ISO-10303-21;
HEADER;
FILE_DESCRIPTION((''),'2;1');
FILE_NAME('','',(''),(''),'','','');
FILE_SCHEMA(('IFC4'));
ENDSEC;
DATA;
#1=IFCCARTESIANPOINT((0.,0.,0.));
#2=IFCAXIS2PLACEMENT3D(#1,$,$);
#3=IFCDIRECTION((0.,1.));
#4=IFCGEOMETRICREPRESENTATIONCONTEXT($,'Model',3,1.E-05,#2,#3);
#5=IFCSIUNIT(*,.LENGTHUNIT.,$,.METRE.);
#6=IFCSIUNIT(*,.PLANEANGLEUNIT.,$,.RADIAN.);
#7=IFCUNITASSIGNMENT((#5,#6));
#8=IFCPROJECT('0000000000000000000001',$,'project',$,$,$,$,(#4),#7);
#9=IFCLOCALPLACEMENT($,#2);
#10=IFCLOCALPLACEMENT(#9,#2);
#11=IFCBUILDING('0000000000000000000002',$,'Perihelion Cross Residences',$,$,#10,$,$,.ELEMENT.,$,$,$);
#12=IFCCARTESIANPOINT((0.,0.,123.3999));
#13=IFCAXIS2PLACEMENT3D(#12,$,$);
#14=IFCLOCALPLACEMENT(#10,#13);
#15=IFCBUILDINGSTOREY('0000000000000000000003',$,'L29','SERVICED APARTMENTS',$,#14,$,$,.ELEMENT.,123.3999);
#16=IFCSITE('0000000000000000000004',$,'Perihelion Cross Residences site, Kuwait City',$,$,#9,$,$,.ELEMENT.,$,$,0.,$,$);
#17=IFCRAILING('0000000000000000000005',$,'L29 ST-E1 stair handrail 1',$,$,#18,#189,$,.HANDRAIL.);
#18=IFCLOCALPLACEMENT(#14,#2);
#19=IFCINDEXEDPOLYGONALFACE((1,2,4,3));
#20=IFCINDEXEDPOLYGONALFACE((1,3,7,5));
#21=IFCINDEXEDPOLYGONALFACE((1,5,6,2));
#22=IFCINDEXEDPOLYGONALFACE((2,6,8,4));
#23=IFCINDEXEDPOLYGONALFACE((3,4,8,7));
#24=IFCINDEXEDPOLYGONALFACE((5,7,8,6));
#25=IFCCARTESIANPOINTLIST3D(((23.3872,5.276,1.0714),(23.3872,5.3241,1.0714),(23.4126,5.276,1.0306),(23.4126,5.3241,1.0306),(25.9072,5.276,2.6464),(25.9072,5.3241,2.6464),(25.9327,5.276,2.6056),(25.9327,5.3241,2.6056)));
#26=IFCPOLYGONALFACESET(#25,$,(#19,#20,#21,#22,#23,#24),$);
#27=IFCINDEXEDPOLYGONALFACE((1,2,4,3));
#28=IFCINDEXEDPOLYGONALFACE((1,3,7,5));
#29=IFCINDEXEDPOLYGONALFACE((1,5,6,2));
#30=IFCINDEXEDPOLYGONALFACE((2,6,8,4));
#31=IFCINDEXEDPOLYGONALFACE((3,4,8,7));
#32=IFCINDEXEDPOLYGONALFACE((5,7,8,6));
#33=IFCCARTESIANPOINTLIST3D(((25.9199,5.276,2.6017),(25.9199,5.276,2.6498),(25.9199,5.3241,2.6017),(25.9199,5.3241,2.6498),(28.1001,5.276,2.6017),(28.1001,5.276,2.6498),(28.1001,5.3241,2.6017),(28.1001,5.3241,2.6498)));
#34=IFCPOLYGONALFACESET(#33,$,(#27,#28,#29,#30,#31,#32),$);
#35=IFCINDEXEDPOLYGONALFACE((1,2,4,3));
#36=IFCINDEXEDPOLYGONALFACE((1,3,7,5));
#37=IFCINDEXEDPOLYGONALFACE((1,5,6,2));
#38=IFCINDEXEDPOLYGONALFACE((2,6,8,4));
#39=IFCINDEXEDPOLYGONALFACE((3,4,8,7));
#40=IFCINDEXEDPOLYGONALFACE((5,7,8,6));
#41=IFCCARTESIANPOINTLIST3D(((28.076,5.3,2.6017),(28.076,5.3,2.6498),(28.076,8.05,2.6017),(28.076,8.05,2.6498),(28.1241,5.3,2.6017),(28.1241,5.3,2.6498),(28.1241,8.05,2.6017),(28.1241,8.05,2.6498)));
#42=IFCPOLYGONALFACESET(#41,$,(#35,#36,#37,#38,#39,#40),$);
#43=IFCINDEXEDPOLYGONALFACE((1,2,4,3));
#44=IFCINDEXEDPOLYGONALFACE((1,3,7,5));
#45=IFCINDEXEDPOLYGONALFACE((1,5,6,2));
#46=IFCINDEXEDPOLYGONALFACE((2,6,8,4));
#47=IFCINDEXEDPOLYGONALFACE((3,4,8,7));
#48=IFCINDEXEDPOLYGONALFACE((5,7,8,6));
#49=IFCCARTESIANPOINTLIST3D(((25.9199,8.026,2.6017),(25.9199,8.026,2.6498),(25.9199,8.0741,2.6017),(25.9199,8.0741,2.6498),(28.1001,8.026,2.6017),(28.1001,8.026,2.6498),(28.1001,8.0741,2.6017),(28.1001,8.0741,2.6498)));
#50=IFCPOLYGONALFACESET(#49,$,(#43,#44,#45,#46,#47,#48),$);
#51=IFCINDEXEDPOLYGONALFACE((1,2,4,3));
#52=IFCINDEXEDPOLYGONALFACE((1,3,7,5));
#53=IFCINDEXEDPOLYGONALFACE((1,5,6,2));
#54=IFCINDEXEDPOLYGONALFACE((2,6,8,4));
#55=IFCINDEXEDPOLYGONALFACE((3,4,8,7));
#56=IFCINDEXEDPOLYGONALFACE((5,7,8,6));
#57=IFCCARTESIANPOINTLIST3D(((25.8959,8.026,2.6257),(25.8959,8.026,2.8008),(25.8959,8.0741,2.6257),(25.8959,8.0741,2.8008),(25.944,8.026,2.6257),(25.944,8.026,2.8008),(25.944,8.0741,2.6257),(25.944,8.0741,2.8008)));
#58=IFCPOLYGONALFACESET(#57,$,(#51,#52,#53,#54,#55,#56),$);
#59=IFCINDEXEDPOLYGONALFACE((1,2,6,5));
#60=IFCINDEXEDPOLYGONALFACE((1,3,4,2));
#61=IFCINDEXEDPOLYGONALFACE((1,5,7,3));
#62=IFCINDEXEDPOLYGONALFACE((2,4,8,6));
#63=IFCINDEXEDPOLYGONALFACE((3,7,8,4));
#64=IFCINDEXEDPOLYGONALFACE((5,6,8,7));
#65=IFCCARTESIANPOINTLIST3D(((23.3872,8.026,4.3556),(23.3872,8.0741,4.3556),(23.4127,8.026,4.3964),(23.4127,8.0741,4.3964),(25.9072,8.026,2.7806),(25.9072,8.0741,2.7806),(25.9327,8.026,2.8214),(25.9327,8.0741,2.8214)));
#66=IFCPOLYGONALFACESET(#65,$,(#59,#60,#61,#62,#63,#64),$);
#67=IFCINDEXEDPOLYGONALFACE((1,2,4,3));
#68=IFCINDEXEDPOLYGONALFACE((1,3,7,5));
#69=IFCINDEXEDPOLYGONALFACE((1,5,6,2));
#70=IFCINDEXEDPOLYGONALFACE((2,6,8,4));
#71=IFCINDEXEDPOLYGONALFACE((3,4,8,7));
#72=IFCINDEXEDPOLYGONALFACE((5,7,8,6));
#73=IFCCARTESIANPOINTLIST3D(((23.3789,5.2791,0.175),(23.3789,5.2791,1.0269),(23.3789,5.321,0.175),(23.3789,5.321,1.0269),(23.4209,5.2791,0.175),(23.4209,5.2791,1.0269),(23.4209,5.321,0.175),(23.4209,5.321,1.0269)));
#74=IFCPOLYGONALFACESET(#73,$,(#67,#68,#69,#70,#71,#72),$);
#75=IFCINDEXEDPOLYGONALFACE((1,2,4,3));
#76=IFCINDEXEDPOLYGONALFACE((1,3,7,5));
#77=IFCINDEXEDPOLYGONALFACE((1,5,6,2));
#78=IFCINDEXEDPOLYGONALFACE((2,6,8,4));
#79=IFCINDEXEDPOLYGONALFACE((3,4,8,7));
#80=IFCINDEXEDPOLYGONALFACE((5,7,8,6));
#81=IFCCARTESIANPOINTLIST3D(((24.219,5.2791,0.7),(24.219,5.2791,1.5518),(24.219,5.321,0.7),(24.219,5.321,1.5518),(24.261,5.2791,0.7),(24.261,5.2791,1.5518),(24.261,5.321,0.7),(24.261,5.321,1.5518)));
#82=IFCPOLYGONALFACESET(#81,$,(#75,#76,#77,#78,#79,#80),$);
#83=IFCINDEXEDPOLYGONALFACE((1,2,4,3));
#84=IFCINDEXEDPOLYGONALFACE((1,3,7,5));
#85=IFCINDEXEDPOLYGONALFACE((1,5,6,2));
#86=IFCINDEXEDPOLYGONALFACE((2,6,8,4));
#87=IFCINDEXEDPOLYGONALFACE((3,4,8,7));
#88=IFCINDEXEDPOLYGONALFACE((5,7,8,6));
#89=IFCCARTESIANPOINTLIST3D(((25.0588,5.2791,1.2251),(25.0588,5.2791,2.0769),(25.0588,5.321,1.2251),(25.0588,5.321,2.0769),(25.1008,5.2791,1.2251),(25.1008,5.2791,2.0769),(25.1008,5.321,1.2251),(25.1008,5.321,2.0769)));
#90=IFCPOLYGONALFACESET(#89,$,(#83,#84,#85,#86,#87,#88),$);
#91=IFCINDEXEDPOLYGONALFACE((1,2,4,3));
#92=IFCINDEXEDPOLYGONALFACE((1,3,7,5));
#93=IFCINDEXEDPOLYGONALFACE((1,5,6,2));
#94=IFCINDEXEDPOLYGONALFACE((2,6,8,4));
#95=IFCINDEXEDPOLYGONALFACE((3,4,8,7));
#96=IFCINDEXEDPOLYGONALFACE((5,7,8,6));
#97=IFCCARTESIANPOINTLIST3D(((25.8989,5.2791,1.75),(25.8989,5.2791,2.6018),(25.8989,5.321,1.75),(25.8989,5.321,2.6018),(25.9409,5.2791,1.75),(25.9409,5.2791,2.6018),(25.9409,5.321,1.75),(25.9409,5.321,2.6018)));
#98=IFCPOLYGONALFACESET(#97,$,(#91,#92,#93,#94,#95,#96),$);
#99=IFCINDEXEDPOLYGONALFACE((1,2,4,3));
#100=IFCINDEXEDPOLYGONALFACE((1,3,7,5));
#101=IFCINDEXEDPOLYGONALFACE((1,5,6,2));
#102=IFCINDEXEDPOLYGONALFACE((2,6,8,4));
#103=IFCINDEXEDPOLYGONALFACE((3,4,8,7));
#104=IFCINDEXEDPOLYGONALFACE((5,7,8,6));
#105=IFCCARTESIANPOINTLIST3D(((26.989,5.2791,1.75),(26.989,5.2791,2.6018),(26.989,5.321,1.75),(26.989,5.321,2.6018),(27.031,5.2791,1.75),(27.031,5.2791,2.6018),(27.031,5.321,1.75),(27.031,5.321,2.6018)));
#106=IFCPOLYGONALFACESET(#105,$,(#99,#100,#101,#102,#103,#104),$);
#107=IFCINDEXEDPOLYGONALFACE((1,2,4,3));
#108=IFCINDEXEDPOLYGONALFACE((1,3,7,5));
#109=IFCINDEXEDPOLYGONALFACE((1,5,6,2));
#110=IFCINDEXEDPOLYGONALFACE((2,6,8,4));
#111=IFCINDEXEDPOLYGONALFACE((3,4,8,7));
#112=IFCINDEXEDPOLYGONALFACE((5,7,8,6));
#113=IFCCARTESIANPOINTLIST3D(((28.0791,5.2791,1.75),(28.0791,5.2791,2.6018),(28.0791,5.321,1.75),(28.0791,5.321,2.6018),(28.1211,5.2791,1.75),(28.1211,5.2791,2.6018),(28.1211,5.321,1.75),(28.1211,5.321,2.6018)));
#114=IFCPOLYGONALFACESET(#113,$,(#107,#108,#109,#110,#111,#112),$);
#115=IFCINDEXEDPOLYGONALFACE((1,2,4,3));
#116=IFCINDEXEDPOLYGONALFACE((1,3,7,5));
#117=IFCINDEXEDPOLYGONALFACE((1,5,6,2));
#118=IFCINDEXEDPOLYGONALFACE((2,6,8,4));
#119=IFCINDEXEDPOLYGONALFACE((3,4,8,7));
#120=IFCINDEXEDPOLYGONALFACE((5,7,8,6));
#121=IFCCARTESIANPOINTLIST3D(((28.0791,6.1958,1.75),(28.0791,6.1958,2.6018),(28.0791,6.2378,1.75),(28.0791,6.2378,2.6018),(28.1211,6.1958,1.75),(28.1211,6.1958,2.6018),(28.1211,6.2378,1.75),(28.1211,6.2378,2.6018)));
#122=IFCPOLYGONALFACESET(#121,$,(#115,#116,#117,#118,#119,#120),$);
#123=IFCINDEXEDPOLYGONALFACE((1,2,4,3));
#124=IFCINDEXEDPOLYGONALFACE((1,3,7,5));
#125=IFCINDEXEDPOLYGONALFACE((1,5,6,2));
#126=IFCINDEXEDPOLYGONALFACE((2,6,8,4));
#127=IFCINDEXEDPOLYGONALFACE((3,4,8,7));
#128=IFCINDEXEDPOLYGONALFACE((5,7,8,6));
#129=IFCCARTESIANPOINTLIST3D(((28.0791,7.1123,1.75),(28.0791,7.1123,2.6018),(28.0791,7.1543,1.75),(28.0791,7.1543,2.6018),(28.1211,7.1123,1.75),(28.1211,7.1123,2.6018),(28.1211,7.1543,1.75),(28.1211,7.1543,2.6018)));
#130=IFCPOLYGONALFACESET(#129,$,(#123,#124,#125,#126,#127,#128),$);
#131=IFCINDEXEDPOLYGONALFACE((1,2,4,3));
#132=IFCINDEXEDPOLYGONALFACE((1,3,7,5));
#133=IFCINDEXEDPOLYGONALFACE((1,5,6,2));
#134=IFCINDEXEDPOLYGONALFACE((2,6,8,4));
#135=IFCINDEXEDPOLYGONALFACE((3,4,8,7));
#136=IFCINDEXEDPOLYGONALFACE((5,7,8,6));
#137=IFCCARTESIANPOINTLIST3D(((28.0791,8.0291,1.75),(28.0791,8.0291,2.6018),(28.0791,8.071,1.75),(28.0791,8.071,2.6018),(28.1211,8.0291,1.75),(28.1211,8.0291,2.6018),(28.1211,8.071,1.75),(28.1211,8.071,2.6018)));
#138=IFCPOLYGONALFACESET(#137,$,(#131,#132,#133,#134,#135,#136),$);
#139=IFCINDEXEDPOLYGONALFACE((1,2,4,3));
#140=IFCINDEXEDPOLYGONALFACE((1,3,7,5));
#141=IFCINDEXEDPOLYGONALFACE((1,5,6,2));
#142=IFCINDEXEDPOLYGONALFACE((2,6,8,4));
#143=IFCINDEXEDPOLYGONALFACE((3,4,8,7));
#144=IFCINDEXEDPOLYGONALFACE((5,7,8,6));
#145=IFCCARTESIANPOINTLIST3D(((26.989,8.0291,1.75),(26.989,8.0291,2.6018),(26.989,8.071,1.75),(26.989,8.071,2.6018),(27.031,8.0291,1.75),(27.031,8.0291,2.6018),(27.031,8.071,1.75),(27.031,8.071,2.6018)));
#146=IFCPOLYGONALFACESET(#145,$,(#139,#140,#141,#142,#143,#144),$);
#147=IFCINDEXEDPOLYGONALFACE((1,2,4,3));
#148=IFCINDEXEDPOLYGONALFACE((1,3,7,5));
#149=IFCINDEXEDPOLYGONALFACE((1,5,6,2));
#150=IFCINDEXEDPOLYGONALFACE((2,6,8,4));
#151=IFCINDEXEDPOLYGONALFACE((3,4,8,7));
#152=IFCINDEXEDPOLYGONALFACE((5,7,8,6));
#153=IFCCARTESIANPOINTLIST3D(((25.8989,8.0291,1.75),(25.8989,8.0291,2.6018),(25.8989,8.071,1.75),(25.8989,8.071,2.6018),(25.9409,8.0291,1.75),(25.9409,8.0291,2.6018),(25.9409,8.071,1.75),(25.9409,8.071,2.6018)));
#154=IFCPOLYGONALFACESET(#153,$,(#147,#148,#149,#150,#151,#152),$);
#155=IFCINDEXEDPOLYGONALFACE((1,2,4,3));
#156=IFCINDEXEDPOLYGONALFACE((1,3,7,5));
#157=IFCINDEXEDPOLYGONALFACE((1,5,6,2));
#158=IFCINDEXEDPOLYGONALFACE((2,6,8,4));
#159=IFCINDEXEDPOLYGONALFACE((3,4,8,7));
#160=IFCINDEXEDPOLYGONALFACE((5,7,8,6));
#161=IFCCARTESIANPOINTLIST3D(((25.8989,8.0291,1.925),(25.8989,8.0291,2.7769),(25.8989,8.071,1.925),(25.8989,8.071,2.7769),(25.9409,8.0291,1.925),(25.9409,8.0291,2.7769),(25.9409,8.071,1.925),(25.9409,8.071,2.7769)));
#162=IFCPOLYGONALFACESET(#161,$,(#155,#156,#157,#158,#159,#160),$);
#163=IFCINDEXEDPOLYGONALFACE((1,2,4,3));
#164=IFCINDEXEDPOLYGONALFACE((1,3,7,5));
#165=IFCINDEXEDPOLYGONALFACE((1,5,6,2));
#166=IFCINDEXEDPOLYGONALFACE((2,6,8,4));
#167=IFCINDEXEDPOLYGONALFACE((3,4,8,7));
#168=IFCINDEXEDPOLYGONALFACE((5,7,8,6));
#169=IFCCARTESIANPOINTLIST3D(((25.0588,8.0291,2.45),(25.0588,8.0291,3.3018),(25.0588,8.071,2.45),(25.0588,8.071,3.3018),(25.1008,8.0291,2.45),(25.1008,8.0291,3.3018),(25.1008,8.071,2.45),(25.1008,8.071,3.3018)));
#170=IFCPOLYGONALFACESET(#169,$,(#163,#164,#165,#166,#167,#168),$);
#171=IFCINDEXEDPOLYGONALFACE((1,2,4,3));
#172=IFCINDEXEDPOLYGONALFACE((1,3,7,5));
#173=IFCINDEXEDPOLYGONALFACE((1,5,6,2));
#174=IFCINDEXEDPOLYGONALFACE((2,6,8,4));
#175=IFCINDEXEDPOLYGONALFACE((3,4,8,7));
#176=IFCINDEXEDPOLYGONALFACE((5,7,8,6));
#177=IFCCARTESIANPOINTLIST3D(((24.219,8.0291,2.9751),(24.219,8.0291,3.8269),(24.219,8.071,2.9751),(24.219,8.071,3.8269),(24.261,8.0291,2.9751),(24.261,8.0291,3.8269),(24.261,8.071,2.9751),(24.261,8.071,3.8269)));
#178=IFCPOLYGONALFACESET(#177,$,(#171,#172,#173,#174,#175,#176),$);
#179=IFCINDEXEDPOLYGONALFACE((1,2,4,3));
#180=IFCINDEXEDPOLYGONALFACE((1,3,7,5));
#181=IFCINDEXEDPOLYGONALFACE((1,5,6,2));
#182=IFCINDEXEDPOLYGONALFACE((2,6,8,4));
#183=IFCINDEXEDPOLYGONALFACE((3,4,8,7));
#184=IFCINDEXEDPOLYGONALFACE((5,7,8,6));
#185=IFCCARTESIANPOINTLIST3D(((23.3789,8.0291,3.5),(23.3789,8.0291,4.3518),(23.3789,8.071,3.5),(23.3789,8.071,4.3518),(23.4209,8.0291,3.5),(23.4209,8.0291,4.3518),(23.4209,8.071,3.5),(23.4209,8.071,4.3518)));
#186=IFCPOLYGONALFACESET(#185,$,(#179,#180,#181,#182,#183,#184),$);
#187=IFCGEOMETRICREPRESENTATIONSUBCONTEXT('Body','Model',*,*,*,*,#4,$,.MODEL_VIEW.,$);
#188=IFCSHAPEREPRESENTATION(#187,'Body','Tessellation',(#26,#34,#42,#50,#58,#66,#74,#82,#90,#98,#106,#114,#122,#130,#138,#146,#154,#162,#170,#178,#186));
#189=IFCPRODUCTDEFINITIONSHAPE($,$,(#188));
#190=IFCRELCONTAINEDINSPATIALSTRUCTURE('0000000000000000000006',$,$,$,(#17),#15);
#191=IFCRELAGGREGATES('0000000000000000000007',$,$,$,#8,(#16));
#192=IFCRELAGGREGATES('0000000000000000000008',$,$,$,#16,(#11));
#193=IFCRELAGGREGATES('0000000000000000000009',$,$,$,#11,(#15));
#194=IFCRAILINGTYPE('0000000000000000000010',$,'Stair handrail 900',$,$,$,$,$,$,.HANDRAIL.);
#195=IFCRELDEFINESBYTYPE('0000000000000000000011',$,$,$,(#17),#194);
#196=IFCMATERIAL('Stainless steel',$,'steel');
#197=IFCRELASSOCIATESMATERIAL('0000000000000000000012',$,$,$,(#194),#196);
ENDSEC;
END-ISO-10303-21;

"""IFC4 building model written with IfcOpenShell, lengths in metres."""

from ifc_helpers import new_model, si_unit, direction, frame, origin, origin_2d, place, context, subcontext, project, spatial, rectangle, extrude, material, type_object, element, save


model = new_model("IFC4")

# Units and contexts
model_context = context("Model", 3, precision=1e-05, world=origin(), true_north=direction((0.0, 1.0)))
body_context = subcontext(model_context, "Body", "Model", "MODEL_VIEW")
ifc_project = project(units=[si_unit("LENGTHUNIT", "METRE"), si_unit("PLANEANGLEUNIT", "RADIAN")], contexts=[model_context])

# Site, building, storey
site_placement = place(None, origin())
site = spatial("IfcSite", under=ifc_project, at=site_placement, Name="Perihelion Cross Residences site, Kuwait City", CompositionType="ELEMENT", RefElevation=0.0)
building_placement = place(site_placement, origin())
building = spatial("IfcBuilding", under=site, at=building_placement, Name="Perihelion Cross Residences", CompositionType="ELEMENT")
storey_placement = place(building_placement, frame((0.0, 0.0, 123.3999)))
storey = spatial("IfcBuildingStorey", under=building, at=storey_placement, Name="L29", Description="SERVICED APARTMENTS", CompositionType="ELEMENT", Elevation=123.3999)

# Railing
ifc_material_1 = material(Name="Stainless steel", Category="steel")
railing_type_1 = type_object("IfcRailingType", Name="Stair handrail 900", PredefinedType="HANDRAIL", material=ifc_material_1)
railing_1_placement = place(storey_placement, frame((23.3999, 5.3, 0.175)))
element("IfcRailing", 1, at=railing_1_placement, inside=storey, type_object=railing_type_1, Name="L29 ST-E1 stair handrail 1", PredefinedType="HANDRAIL", context=body_context, shape_type="SweptSolid", body=[
    extrude(rectangle(XDim=0.0481, YDim=0.0481, at=origin_2d()), frame((0.0, 0.0, 0.876), z_axis=(0.848008, 0.0, 0.529984), x_axis=(0.0, 1.0, 0.0)), (0.0, 0.0, 1.0), 2.9717),
    extrude(rectangle(XDim=0.0481, YDim=0.0481, at=origin_2d()), frame((2.52, 0.0, 2.4507), z_axis=(1.0, 0.0, 0.0), x_axis=(0.0, 1.0, 0.0)), (0.0, 0.0, 1.0), 2.1802),
    extrude(rectangle(XDim=0.0481, YDim=0.0481, at=origin_2d()), frame((4.7002, 0.0, 2.4507), z_axis=(0.0, 1.0, 0.0), x_axis=(-1.0, 0.0, 0.0)), (0.0, 0.0, 1.0), 2.75),
    extrude(rectangle(XDim=0.0481, YDim=0.0481, at=origin_2d()), frame((4.7002, 2.75, 2.4507), z_axis=(-1.0, 0.0, 0.0), x_axis=(0.0, -1.0, 0.0)), (0.0, 0.0, 1.0), 2.1802),
    extrude(rectangle(XDim=0.0481, YDim=0.0481, at=origin_2d()), frame((2.52, 2.75, 2.4507), z_axis=(0.0, 0.0, 1.0), x_axis=(1.0, 0.0, 0.0)), (0.0, 0.0, 1.0), 0.175),
    extrude(rectangle(XDim=0.0481, YDim=0.0481, at=origin_2d()), frame((2.52, 2.75, 2.626), z_axis=(-0.848008, 0.0, 0.529984), x_axis=(0.0, -1.0, 0.0)), (0.0, 0.0, 1.0), 2.9717),
    extrude(rectangle(XDim=0.042, YDim=0.042, at=origin_2d()), origin(), (0.0, 0.0, 1.0), 0.8518),
    extrude(rectangle(XDim=0.042, YDim=0.042, at=origin_2d()), frame((0.8401, 0.0, 0.5249)), (0.0, 0.0, 1.0), 0.8518),
    extrude(rectangle(XDim=0.042, YDim=0.042, at=origin_2d()), frame((1.6799, 0.0, 1.05)), (0.0, 0.0, 1.0), 0.8518),
    extrude(rectangle(XDim=0.042, YDim=0.042, at=origin_2d()), frame((2.52, 0.0, 1.575)), (0.0, 0.0, 1.0), 0.8518),
    extrude(rectangle(XDim=0.042, YDim=0.042, at=origin_2d()), frame((3.6101, 0.0, 1.575)), (0.0, 0.0, 1.0), 0.8518),
    extrude(rectangle(XDim=0.042, YDim=0.042, at=origin_2d()), frame((4.7002, 0.0, 1.575)), (0.0, 0.0, 1.0), 0.8518),
    extrude(rectangle(XDim=0.042, YDim=0.042, at=origin_2d()), frame((4.7002, 0.9167, 1.575)), (0.0, 0.0, 1.0), 0.8518),
    extrude(rectangle(XDim=0.042, YDim=0.042, at=origin_2d()), frame((4.7002, 1.8333, 1.575)), (0.0, 0.0, 1.0), 0.8518),
    extrude(rectangle(XDim=0.042, YDim=0.042, at=origin_2d()), frame((4.7002, 2.75, 1.575)), (0.0, 0.0, 1.0), 0.8518),
    extrude(rectangle(XDim=0.042, YDim=0.042, at=origin_2d()), frame((3.6101, 2.75, 1.575)), (0.0, 0.0, 1.0), 0.8518),
    extrude(rectangle(XDim=0.042, YDim=0.042, at=origin_2d()), frame((2.52, 2.75, 1.575)), (0.0, 0.0, 1.0), 0.8518),
    extrude(rectangle(XDim=0.042, YDim=0.042, at=origin_2d()), frame((2.52, 2.75, 1.75)), (0.0, 0.0, 1.0), 0.8518),
    extrude(rectangle(XDim=0.042, YDim=0.042, at=origin_2d()), frame((1.6799, 2.75, 2.2749)), (0.0, 0.0, 1.0), 0.8518),
    extrude(rectangle(XDim=0.042, YDim=0.042, at=origin_2d()), frame((0.8401, 2.75, 2.8)), (0.0, 0.0, 1.0), 0.8518),
    extrude(rectangle(XDim=0.042, YDim=0.042, at=origin_2d()), frame((0.0, 2.75, 3.325)), (0.0, 0.0, 1.0), 0.8518),
])

save(model, "model.ifc")
